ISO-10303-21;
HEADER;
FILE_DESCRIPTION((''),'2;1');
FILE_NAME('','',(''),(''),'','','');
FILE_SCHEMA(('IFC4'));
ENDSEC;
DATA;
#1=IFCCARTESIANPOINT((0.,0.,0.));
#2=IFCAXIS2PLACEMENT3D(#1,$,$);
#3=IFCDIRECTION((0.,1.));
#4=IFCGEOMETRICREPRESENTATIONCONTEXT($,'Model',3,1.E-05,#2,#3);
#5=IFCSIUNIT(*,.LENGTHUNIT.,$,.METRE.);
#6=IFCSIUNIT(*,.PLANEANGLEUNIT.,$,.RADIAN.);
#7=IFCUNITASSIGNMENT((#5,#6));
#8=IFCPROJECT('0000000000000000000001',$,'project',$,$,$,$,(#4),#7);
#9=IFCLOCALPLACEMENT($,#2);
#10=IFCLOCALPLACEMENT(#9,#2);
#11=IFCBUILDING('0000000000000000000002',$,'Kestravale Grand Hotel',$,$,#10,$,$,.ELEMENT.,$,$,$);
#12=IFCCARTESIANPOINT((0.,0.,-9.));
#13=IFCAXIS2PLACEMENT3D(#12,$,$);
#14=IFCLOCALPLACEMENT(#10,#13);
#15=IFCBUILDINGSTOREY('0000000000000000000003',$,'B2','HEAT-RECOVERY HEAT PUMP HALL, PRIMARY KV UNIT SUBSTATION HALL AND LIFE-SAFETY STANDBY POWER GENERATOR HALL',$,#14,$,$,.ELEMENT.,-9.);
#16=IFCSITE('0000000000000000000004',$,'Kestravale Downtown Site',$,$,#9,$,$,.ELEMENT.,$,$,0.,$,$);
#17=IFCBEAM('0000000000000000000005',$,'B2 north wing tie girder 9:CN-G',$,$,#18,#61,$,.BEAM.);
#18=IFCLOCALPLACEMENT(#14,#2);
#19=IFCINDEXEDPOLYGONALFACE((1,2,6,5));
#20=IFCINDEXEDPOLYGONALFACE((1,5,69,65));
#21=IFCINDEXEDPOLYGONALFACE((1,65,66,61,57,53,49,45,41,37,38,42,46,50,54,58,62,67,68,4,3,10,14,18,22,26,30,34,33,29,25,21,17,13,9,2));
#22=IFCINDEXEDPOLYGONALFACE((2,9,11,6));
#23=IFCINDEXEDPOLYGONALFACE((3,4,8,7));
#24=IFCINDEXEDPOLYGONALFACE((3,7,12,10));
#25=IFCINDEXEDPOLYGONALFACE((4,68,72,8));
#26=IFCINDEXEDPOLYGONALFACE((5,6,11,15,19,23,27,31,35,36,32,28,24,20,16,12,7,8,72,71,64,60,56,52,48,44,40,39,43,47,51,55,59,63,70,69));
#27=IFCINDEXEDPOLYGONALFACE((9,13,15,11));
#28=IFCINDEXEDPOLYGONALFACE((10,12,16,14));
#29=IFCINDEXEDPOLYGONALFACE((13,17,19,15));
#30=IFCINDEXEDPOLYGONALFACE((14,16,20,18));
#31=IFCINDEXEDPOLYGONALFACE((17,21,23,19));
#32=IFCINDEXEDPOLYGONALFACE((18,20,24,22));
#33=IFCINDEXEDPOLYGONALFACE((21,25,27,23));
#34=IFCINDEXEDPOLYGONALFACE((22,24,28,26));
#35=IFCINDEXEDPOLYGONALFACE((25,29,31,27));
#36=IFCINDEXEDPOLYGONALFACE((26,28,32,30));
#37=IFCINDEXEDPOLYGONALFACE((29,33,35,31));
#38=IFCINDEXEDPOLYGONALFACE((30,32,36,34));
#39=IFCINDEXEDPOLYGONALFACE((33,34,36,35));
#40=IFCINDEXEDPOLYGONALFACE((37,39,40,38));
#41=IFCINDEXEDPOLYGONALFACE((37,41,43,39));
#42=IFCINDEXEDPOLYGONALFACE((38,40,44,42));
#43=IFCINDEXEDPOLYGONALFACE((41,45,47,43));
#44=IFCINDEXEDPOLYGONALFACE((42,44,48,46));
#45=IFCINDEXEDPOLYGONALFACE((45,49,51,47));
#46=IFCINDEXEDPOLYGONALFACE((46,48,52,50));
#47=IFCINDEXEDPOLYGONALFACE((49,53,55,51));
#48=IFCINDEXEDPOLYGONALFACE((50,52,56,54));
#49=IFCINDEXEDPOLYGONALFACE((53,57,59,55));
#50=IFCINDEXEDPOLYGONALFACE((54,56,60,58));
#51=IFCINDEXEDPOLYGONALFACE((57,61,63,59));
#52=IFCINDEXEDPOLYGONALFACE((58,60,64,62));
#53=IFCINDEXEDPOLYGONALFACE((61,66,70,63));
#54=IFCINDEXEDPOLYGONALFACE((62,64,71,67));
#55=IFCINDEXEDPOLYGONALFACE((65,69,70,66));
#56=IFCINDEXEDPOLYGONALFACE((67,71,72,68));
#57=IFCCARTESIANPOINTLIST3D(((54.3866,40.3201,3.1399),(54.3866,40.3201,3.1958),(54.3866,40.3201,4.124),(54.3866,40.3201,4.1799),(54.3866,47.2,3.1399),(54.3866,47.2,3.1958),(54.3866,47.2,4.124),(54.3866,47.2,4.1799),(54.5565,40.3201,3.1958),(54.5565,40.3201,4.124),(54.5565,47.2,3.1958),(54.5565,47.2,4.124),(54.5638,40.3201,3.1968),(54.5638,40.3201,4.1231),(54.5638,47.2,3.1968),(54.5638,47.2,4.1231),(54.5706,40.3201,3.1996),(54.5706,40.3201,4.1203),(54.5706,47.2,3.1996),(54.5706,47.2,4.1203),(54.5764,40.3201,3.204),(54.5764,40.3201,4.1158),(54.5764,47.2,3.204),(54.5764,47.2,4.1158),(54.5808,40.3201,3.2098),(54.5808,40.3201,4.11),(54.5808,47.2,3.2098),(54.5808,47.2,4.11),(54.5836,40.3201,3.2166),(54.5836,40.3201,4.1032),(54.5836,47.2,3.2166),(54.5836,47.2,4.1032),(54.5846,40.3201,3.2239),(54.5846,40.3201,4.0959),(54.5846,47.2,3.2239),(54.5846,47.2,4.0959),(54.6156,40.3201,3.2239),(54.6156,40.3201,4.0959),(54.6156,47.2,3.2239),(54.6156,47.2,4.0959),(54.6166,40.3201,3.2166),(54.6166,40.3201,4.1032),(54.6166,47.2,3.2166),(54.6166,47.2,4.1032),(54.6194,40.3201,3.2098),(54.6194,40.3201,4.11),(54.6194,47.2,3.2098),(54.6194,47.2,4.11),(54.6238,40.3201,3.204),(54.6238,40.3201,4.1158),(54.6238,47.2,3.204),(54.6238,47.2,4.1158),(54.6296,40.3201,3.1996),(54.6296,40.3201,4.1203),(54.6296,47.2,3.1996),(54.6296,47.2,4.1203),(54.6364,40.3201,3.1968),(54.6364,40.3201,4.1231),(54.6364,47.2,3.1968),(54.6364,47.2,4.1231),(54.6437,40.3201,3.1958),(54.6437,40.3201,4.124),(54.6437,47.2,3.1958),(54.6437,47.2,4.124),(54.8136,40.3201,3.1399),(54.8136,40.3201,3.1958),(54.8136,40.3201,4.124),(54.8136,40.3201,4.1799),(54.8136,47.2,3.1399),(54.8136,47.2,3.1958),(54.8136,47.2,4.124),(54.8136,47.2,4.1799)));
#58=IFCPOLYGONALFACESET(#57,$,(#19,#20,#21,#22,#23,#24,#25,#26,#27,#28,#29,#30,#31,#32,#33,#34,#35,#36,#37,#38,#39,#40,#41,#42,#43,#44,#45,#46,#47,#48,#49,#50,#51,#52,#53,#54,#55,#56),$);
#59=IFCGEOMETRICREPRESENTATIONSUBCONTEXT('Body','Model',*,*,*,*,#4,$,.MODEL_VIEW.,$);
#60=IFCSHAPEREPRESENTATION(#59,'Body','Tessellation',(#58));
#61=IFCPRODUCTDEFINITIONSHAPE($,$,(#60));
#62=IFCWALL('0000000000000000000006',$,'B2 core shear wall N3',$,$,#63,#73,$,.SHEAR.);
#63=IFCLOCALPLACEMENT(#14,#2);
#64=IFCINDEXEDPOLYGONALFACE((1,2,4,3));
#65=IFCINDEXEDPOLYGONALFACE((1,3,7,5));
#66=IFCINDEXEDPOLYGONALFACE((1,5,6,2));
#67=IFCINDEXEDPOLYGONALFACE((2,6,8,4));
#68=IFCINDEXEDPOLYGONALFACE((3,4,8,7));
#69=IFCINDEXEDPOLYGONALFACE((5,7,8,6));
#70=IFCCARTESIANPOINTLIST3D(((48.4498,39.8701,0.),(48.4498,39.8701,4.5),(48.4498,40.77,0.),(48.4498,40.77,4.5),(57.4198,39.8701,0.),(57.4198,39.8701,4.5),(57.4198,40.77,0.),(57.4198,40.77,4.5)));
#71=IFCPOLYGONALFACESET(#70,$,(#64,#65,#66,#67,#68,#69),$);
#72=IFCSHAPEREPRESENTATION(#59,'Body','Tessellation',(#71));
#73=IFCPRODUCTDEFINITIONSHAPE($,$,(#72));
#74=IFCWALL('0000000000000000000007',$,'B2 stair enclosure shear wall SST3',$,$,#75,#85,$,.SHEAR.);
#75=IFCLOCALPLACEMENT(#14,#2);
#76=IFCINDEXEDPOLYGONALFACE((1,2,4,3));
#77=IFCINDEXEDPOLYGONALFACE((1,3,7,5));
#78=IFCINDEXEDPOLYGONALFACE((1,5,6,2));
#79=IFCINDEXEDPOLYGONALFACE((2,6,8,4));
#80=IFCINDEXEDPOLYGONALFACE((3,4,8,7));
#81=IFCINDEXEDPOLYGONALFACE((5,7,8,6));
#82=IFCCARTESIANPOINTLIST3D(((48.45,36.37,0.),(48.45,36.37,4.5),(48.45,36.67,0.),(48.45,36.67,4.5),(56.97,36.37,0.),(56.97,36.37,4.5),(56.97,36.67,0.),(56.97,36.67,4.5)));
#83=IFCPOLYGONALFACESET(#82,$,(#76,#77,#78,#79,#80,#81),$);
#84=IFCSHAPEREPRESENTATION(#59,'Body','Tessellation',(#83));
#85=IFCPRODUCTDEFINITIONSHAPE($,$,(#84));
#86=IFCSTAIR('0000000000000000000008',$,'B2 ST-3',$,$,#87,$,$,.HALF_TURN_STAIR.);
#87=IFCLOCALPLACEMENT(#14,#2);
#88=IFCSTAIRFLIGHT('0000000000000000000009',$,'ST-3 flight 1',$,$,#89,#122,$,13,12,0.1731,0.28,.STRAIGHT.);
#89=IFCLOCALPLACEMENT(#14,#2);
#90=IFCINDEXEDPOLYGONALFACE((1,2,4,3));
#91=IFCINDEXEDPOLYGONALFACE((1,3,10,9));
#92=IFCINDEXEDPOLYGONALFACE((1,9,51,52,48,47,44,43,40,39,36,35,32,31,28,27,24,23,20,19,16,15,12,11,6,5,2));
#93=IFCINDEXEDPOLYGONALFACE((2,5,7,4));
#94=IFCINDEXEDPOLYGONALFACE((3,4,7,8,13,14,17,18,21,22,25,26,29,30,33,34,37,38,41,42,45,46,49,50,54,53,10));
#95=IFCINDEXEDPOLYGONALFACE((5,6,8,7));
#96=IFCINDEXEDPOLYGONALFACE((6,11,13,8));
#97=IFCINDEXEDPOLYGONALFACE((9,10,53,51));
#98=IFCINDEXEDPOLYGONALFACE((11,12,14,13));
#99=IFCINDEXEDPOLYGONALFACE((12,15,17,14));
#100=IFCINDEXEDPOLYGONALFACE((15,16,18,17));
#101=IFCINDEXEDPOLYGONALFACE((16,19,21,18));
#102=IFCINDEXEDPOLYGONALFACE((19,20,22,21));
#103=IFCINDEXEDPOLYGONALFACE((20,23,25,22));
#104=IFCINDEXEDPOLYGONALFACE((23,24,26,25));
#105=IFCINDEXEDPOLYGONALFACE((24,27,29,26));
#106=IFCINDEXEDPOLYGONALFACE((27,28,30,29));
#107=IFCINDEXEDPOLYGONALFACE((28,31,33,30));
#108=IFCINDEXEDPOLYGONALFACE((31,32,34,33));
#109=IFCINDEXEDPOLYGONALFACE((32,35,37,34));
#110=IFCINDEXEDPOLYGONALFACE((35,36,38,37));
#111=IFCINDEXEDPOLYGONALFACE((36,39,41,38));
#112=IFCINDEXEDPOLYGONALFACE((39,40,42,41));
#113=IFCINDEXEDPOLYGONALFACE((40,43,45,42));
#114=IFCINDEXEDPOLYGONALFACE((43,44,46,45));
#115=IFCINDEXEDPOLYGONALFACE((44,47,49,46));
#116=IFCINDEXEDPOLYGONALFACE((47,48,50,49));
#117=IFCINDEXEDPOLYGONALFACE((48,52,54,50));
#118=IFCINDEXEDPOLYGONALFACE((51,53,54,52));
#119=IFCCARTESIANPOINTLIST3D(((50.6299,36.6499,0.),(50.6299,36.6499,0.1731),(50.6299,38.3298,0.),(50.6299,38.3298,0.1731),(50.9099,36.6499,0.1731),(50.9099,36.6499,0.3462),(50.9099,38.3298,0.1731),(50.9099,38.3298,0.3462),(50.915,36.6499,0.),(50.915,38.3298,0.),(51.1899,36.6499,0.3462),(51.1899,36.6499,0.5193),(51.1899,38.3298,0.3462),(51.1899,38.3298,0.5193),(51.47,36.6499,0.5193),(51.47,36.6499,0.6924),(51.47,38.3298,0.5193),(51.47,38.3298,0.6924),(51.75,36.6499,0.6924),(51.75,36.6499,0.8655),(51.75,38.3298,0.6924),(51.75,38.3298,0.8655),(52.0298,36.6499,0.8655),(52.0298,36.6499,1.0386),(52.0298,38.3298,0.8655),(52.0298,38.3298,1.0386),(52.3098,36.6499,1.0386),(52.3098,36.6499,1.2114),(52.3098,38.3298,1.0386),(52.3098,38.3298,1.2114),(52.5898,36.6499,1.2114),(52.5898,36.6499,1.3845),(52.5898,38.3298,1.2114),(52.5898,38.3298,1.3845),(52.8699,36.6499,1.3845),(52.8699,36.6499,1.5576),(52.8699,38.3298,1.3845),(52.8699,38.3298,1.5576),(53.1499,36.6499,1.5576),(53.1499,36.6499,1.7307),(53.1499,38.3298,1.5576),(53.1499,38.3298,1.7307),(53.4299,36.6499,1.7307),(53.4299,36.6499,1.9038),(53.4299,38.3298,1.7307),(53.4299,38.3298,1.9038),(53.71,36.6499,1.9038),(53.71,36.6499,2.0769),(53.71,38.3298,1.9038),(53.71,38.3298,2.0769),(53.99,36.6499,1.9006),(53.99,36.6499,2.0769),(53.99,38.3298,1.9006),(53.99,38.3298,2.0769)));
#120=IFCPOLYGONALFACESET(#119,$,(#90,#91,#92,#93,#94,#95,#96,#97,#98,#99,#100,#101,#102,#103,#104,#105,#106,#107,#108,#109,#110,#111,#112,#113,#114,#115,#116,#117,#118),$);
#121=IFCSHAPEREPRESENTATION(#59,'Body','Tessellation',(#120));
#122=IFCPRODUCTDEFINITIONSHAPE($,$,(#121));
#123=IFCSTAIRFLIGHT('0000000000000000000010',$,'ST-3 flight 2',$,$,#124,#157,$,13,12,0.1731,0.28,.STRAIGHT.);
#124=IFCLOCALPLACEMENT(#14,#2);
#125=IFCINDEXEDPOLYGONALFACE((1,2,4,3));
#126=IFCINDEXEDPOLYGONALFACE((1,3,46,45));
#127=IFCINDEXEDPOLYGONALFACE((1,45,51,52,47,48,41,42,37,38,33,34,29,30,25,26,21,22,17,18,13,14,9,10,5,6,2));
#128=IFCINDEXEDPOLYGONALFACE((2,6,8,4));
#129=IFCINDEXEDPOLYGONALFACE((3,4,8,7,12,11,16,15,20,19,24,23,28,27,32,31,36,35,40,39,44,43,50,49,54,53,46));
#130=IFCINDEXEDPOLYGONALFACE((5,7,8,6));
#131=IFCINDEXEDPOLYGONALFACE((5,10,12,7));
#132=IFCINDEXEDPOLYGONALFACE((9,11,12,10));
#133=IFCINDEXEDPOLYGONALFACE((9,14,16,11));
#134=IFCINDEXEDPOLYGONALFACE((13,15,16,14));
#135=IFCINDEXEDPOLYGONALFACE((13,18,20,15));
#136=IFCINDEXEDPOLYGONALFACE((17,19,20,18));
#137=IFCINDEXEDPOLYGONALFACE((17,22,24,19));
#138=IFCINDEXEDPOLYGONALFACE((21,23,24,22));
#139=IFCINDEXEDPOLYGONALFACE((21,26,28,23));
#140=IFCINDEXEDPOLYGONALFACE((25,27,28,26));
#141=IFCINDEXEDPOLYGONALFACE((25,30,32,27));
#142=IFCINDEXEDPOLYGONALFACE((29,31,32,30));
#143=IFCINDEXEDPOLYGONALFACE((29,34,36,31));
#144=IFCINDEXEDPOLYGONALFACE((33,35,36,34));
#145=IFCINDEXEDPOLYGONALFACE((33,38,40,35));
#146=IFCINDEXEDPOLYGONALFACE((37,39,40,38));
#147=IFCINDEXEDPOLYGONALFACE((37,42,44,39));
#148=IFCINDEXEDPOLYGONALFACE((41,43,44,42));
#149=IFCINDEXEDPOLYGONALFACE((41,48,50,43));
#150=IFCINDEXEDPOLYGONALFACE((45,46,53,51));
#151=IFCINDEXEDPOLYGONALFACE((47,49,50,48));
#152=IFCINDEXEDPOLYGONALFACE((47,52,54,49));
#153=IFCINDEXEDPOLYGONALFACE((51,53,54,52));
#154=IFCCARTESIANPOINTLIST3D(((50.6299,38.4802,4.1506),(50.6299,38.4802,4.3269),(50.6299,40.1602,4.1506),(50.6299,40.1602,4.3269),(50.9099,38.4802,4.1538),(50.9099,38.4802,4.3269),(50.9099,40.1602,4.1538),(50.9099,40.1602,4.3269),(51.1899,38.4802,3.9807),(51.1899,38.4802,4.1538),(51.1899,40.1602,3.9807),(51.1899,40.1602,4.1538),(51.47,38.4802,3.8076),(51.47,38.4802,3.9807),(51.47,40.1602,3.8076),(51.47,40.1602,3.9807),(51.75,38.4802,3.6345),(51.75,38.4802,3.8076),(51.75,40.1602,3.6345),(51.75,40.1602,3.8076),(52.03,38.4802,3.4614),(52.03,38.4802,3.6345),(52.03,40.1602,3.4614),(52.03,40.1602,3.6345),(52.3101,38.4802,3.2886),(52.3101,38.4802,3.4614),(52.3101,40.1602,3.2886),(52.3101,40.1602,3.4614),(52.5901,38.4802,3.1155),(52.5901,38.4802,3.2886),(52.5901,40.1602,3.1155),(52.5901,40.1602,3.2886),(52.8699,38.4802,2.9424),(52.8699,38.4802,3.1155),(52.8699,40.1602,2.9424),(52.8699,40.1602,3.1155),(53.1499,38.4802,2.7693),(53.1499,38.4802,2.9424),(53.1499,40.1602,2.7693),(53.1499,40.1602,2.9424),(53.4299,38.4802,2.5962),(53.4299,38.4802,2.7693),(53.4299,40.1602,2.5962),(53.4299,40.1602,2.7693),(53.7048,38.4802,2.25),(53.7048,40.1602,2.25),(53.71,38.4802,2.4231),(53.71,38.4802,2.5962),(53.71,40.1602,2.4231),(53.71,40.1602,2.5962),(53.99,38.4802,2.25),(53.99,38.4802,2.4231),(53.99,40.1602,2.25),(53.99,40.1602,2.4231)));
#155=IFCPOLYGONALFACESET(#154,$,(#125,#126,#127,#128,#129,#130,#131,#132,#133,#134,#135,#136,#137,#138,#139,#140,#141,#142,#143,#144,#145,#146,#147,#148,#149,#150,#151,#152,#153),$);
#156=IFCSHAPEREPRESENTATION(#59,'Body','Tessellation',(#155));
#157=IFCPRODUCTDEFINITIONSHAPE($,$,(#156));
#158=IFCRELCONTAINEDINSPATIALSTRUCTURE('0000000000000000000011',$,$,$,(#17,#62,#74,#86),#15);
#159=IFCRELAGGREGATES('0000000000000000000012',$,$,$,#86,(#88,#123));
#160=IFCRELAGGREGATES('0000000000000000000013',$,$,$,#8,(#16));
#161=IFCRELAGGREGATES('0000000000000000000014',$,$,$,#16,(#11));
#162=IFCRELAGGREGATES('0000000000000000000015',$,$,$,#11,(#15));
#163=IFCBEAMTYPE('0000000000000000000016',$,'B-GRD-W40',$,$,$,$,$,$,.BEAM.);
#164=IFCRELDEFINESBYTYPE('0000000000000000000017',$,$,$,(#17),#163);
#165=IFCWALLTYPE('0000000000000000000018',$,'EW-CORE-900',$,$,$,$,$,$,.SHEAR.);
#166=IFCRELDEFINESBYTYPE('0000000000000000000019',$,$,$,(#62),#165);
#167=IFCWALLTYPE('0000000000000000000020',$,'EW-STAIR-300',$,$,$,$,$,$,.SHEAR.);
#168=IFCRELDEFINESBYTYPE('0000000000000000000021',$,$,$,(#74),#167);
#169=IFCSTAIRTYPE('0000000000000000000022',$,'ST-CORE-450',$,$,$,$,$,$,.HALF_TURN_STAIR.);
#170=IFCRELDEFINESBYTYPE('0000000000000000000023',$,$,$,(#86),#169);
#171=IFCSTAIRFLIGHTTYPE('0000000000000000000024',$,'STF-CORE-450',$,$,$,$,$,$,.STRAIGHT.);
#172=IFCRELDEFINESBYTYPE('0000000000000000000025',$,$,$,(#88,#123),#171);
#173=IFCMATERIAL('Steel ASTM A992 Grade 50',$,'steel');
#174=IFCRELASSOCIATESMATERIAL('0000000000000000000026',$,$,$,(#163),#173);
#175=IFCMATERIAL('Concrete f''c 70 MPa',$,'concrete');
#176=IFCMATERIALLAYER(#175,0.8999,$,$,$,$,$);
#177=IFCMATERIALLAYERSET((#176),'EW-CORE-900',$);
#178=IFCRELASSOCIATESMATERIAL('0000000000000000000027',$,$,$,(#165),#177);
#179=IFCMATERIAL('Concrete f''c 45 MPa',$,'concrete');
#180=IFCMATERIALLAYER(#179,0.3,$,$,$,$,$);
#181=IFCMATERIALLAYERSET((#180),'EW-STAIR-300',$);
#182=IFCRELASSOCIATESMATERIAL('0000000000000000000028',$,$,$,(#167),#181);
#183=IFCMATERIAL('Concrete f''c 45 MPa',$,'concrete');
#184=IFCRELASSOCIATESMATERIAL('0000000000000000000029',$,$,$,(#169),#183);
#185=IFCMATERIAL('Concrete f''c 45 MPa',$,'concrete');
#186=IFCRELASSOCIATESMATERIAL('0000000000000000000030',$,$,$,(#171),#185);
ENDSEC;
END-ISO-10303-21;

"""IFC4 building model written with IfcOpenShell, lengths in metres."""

from ifc_helpers import new_model, si_unit, direction, frame, frame_2d, origin, origin_2d, place, context, subcontext, project, spatial, polyline, rectangle, i_section, outline, extrude, material, layer, layer_set, material_profile, profile_set, type_object, element, aggregate, save


model = new_model("IFC4")

# Units and contexts
model_context = context("Model", 3, precision=1e-05, world=origin(), true_north=direction((0.0, 1.0)))
body_context = subcontext(model_context, "Body", "Model", "MODEL_VIEW")
ifc_project = project(units=[si_unit("LENGTHUNIT", "METRE"), si_unit("PLANEANGLEUNIT", "RADIAN")], contexts=[model_context])

# Site, building, storey
site_placement = place(None, origin())
site = spatial("IfcSite", under=ifc_project, at=site_placement, Name="Kestravale Downtown Site", CompositionType="ELEMENT", RefElevation=0.0)
building_placement = place(site_placement, origin())
building = spatial("IfcBuilding", under=site, at=building_placement, Name="Kestravale Grand Hotel", CompositionType="ELEMENT")
storey_placement = place(building_placement, frame((0.0, 0.0, -9.0)))
storey = spatial("IfcBuildingStorey", under=building, at=storey_placement, Name="B2", Description="HEAT-RECOVERY HEAT PUMP HALL, PRIMARY KV UNIT SUBSTATION HALL AND LIFE-SAFETY STANDBY POWER GENERATOR HALL", CompositionType="ELEMENT", Elevation=-9.0)

# Beam
ifc_material_1 = material(Name="Steel ASTM A992 Grade 50", Category="steel")
ifc_material_profile_1 = material_profile(ifc_material_1, i_section(OverallWidth=0.427, OverallDepth=1.04, WebThickness=0.031, FlangeThickness=0.0559, FilletRadius=0.0281, at=origin_2d()))
ifc_profile_set_1 = profile_set([ifc_material_profile_1], Name="Steel ASTM A992 Grade 50")
beam_type = type_object("IfcBeamType", Name="B-GRD-W40", PredefinedType="BEAM", material=ifc_profile_set_1)
beam_1_placement = place(storey_placement, frame((54.6001, 40.3201, 3.6599), z_axis=(0.0, 1.0, 0.0), x_axis=(-1.0, 0.0, 0.0)))
element("IfcBeam", 1, at=beam_1_placement, inside=storey, type_object=beam_type, Name="B2 north wing tie girder 9:CN-G", PredefinedType="BEAM", context=body_context, shape_type="SweptSolid", body=[
    extrude(i_section(OverallWidth=0.427, OverallDepth=1.04, WebThickness=0.031, FlangeThickness=0.0559, FilletRadius=0.0281, at=origin_2d()), origin(), (0.0, 0.0, 1.0), 6.8799),
])

# Walls
ifc_material_2 = material(Name="Concrete f'c 70 MPa", Category="concrete")
ifc_layer_1 = layer(ifc_material_2, 0.8999)
ifc_layer_set_1 = layer_set([ifc_layer_1], Name="EW-CORE-900")
wall_type_1 = type_object("IfcWallType", Name="EW-CORE-900", PredefinedType="SHEAR", material=ifc_layer_set_1)
wall_1_placement = place(storey_placement, frame((48.45, 40.3201, 0.0), z_axis=(0.0, 0.0, 1.0), x_axis=(1.0, 0.0, 0.0)))
element("IfcWall", 2, at=wall_1_placement, inside=storey, type_object=wall_type_1, Name="B2 core shear wall N3", PredefinedType="SHEAR", context=body_context, shape_type="SweptSolid", body=[
    extrude(rectangle(XDim=8.97, YDim=0.8999, at=frame_2d((4.4849, 0.0))), origin(), (0.0, 0.0, 1.0), 4.5),
])
ifc_material_3 = material(Name="Concrete f'c 45 MPa", Category="concrete")
ifc_layer_2 = layer(ifc_material_3, 0.3)
ifc_layer_set_2 = layer_set([ifc_layer_2], Name="EW-STAIR-300")
wall_type_2 = type_object("IfcWallType", Name="EW-STAIR-300", PredefinedType="SHEAR", material=ifc_layer_set_2)
wall_2_placement = place(storey_placement, frame((48.45, 36.52, 0.0), z_axis=(0.0, 0.0, 1.0), x_axis=(1.0, 0.0, 0.0)))
element("IfcWall", 3, at=wall_2_placement, inside=storey, type_object=wall_type_2, Name="B2 stair enclosure shear wall SST3", PredefinedType="SHEAR", context=body_context, shape_type="SweptSolid", body=[
    extrude(rectangle(XDim=8.52, YDim=0.3, at=frame_2d((4.26, 0.0))), origin(), (0.0, 0.0, 1.0), 4.5),
])

# Stair, stair flights
ifc_material_4 = material(Name="Concrete f'c 45 MPa", Category="concrete")
stair_type = type_object("IfcStairType", Name="ST-CORE-450", PredefinedType="HALF_TURN_STAIR", material=ifc_material_4)
stair_placement = place(storey_placement, origin())
stair = element("IfcStair", 4, at=stair_placement, inside=storey, type_object=stair_type, Name="B2 ST-3", PredefinedType="HALF_TURN_STAIR")
ifc_material_5 = material(Name="Concrete f'c 45 MPa", Category="concrete")
stair_flight_type = type_object("IfcStairFlightType", Name="STF-CORE-450", PredefinedType="STRAIGHT", material=ifc_material_5)
stair_flight_1_placement = place(storey_placement, frame((50.6299, 37.49, 0.0), z_axis=(0.0, 0.0, 1.0), x_axis=(1.0, 0.0, 0.0)))
stair_flight_1 = element("IfcStairFlight", 5, at=stair_flight_1_placement, type_object=stair_flight_type, Name="ST-3 flight 1", NumberOfRisers=13, NumberOfTreads=12, PredefinedType="STRAIGHT", RiserHeight=0.1731, TreadLength=0.28, context=body_context, shape_type="SweptSolid", body=[
    extrude(outline(polyline([(0.0, 0.0), (0.0, 0.1731), (0.28, 0.1731), (0.28, 0.3462), (0.5601, 0.3462), (0.5601, 0.5193), (0.8401, 0.5193), (0.8401, 0.6924), (1.1201, 0.6924), (1.1201, 0.8655), (1.3999, 0.8655), (1.3999, 1.0386), (1.6799, 1.0386), (1.6799, 1.2114), (1.96, 1.2114), (1.96, 1.3845), (2.24, 1.3845), (2.24, 1.5576), (2.52, 1.5576), (2.52, 1.7307), (2.8, 1.7307), (2.8, 1.9038), (3.0801, 1.9038), (3.0801, 2.0769), (3.3601, 2.0769), (3.3601, 2.25), (3.3601, 1.9006), (0.2852, 0.0), (0.0, 0.0)])), frame((0.0, 0.8398, 0.0), z_axis=(0.0, -1.0, 0.0), x_axis=(1.0, 0.0, 0.0)), (0.0, 0.0, 1.0), 1.6799),
])
stair_flight_2_placement = place(storey_placement, frame((53.99, 39.3201, 2.25), z_axis=(0.0, 0.0, 1.0), x_axis=(-1.0, 0.0, 0.0)))
stair_flight_2 = element("IfcStairFlight", 6, at=stair_flight_2_placement, type_object=stair_flight_type, Name="ST-3 flight 2", NumberOfRisers=13, NumberOfTreads=12, PredefinedType="STRAIGHT", RiserHeight=0.1731, TreadLength=0.28, context=body_context, shape_type="SweptSolid", body=[
    extrude(outline(polyline([(0.0, 0.0), (0.0, 0.1731), (0.28, 0.1731), (0.28, 0.3462), (0.5601, 0.3462), (0.5601, 0.5193), (0.8401, 0.5193), (0.8401, 0.6924), (1.1201, 0.6924), (1.1201, 0.8655), (1.3999, 0.8655), (1.3999, 1.0386), (1.6799, 1.0386), (1.6799, 1.2114), (1.96, 1.2114), (1.96, 1.3845), (2.24, 1.3845), (2.24, 1.5576), (2.52, 1.5576), (2.52, 1.7307), (2.8, 1.7307), (2.8, 1.9038), (3.0801, 1.9038), (3.0801, 2.0769), (3.3601, 2.0769), (3.3601, 2.25), (3.3601, 1.9006), (0.2852, 0.0), (0.0, 0.0)])), frame((0.0, 0.8398, 0.0), z_axis=(0.0, -1.0, 0.0), x_axis=(1.0, 0.0, 0.0)), (0.0, 0.0, 1.0), 1.6799),
])
aggregate(stair, [stair_flight_1, stair_flight_2])

save(model, "model.ifc")
